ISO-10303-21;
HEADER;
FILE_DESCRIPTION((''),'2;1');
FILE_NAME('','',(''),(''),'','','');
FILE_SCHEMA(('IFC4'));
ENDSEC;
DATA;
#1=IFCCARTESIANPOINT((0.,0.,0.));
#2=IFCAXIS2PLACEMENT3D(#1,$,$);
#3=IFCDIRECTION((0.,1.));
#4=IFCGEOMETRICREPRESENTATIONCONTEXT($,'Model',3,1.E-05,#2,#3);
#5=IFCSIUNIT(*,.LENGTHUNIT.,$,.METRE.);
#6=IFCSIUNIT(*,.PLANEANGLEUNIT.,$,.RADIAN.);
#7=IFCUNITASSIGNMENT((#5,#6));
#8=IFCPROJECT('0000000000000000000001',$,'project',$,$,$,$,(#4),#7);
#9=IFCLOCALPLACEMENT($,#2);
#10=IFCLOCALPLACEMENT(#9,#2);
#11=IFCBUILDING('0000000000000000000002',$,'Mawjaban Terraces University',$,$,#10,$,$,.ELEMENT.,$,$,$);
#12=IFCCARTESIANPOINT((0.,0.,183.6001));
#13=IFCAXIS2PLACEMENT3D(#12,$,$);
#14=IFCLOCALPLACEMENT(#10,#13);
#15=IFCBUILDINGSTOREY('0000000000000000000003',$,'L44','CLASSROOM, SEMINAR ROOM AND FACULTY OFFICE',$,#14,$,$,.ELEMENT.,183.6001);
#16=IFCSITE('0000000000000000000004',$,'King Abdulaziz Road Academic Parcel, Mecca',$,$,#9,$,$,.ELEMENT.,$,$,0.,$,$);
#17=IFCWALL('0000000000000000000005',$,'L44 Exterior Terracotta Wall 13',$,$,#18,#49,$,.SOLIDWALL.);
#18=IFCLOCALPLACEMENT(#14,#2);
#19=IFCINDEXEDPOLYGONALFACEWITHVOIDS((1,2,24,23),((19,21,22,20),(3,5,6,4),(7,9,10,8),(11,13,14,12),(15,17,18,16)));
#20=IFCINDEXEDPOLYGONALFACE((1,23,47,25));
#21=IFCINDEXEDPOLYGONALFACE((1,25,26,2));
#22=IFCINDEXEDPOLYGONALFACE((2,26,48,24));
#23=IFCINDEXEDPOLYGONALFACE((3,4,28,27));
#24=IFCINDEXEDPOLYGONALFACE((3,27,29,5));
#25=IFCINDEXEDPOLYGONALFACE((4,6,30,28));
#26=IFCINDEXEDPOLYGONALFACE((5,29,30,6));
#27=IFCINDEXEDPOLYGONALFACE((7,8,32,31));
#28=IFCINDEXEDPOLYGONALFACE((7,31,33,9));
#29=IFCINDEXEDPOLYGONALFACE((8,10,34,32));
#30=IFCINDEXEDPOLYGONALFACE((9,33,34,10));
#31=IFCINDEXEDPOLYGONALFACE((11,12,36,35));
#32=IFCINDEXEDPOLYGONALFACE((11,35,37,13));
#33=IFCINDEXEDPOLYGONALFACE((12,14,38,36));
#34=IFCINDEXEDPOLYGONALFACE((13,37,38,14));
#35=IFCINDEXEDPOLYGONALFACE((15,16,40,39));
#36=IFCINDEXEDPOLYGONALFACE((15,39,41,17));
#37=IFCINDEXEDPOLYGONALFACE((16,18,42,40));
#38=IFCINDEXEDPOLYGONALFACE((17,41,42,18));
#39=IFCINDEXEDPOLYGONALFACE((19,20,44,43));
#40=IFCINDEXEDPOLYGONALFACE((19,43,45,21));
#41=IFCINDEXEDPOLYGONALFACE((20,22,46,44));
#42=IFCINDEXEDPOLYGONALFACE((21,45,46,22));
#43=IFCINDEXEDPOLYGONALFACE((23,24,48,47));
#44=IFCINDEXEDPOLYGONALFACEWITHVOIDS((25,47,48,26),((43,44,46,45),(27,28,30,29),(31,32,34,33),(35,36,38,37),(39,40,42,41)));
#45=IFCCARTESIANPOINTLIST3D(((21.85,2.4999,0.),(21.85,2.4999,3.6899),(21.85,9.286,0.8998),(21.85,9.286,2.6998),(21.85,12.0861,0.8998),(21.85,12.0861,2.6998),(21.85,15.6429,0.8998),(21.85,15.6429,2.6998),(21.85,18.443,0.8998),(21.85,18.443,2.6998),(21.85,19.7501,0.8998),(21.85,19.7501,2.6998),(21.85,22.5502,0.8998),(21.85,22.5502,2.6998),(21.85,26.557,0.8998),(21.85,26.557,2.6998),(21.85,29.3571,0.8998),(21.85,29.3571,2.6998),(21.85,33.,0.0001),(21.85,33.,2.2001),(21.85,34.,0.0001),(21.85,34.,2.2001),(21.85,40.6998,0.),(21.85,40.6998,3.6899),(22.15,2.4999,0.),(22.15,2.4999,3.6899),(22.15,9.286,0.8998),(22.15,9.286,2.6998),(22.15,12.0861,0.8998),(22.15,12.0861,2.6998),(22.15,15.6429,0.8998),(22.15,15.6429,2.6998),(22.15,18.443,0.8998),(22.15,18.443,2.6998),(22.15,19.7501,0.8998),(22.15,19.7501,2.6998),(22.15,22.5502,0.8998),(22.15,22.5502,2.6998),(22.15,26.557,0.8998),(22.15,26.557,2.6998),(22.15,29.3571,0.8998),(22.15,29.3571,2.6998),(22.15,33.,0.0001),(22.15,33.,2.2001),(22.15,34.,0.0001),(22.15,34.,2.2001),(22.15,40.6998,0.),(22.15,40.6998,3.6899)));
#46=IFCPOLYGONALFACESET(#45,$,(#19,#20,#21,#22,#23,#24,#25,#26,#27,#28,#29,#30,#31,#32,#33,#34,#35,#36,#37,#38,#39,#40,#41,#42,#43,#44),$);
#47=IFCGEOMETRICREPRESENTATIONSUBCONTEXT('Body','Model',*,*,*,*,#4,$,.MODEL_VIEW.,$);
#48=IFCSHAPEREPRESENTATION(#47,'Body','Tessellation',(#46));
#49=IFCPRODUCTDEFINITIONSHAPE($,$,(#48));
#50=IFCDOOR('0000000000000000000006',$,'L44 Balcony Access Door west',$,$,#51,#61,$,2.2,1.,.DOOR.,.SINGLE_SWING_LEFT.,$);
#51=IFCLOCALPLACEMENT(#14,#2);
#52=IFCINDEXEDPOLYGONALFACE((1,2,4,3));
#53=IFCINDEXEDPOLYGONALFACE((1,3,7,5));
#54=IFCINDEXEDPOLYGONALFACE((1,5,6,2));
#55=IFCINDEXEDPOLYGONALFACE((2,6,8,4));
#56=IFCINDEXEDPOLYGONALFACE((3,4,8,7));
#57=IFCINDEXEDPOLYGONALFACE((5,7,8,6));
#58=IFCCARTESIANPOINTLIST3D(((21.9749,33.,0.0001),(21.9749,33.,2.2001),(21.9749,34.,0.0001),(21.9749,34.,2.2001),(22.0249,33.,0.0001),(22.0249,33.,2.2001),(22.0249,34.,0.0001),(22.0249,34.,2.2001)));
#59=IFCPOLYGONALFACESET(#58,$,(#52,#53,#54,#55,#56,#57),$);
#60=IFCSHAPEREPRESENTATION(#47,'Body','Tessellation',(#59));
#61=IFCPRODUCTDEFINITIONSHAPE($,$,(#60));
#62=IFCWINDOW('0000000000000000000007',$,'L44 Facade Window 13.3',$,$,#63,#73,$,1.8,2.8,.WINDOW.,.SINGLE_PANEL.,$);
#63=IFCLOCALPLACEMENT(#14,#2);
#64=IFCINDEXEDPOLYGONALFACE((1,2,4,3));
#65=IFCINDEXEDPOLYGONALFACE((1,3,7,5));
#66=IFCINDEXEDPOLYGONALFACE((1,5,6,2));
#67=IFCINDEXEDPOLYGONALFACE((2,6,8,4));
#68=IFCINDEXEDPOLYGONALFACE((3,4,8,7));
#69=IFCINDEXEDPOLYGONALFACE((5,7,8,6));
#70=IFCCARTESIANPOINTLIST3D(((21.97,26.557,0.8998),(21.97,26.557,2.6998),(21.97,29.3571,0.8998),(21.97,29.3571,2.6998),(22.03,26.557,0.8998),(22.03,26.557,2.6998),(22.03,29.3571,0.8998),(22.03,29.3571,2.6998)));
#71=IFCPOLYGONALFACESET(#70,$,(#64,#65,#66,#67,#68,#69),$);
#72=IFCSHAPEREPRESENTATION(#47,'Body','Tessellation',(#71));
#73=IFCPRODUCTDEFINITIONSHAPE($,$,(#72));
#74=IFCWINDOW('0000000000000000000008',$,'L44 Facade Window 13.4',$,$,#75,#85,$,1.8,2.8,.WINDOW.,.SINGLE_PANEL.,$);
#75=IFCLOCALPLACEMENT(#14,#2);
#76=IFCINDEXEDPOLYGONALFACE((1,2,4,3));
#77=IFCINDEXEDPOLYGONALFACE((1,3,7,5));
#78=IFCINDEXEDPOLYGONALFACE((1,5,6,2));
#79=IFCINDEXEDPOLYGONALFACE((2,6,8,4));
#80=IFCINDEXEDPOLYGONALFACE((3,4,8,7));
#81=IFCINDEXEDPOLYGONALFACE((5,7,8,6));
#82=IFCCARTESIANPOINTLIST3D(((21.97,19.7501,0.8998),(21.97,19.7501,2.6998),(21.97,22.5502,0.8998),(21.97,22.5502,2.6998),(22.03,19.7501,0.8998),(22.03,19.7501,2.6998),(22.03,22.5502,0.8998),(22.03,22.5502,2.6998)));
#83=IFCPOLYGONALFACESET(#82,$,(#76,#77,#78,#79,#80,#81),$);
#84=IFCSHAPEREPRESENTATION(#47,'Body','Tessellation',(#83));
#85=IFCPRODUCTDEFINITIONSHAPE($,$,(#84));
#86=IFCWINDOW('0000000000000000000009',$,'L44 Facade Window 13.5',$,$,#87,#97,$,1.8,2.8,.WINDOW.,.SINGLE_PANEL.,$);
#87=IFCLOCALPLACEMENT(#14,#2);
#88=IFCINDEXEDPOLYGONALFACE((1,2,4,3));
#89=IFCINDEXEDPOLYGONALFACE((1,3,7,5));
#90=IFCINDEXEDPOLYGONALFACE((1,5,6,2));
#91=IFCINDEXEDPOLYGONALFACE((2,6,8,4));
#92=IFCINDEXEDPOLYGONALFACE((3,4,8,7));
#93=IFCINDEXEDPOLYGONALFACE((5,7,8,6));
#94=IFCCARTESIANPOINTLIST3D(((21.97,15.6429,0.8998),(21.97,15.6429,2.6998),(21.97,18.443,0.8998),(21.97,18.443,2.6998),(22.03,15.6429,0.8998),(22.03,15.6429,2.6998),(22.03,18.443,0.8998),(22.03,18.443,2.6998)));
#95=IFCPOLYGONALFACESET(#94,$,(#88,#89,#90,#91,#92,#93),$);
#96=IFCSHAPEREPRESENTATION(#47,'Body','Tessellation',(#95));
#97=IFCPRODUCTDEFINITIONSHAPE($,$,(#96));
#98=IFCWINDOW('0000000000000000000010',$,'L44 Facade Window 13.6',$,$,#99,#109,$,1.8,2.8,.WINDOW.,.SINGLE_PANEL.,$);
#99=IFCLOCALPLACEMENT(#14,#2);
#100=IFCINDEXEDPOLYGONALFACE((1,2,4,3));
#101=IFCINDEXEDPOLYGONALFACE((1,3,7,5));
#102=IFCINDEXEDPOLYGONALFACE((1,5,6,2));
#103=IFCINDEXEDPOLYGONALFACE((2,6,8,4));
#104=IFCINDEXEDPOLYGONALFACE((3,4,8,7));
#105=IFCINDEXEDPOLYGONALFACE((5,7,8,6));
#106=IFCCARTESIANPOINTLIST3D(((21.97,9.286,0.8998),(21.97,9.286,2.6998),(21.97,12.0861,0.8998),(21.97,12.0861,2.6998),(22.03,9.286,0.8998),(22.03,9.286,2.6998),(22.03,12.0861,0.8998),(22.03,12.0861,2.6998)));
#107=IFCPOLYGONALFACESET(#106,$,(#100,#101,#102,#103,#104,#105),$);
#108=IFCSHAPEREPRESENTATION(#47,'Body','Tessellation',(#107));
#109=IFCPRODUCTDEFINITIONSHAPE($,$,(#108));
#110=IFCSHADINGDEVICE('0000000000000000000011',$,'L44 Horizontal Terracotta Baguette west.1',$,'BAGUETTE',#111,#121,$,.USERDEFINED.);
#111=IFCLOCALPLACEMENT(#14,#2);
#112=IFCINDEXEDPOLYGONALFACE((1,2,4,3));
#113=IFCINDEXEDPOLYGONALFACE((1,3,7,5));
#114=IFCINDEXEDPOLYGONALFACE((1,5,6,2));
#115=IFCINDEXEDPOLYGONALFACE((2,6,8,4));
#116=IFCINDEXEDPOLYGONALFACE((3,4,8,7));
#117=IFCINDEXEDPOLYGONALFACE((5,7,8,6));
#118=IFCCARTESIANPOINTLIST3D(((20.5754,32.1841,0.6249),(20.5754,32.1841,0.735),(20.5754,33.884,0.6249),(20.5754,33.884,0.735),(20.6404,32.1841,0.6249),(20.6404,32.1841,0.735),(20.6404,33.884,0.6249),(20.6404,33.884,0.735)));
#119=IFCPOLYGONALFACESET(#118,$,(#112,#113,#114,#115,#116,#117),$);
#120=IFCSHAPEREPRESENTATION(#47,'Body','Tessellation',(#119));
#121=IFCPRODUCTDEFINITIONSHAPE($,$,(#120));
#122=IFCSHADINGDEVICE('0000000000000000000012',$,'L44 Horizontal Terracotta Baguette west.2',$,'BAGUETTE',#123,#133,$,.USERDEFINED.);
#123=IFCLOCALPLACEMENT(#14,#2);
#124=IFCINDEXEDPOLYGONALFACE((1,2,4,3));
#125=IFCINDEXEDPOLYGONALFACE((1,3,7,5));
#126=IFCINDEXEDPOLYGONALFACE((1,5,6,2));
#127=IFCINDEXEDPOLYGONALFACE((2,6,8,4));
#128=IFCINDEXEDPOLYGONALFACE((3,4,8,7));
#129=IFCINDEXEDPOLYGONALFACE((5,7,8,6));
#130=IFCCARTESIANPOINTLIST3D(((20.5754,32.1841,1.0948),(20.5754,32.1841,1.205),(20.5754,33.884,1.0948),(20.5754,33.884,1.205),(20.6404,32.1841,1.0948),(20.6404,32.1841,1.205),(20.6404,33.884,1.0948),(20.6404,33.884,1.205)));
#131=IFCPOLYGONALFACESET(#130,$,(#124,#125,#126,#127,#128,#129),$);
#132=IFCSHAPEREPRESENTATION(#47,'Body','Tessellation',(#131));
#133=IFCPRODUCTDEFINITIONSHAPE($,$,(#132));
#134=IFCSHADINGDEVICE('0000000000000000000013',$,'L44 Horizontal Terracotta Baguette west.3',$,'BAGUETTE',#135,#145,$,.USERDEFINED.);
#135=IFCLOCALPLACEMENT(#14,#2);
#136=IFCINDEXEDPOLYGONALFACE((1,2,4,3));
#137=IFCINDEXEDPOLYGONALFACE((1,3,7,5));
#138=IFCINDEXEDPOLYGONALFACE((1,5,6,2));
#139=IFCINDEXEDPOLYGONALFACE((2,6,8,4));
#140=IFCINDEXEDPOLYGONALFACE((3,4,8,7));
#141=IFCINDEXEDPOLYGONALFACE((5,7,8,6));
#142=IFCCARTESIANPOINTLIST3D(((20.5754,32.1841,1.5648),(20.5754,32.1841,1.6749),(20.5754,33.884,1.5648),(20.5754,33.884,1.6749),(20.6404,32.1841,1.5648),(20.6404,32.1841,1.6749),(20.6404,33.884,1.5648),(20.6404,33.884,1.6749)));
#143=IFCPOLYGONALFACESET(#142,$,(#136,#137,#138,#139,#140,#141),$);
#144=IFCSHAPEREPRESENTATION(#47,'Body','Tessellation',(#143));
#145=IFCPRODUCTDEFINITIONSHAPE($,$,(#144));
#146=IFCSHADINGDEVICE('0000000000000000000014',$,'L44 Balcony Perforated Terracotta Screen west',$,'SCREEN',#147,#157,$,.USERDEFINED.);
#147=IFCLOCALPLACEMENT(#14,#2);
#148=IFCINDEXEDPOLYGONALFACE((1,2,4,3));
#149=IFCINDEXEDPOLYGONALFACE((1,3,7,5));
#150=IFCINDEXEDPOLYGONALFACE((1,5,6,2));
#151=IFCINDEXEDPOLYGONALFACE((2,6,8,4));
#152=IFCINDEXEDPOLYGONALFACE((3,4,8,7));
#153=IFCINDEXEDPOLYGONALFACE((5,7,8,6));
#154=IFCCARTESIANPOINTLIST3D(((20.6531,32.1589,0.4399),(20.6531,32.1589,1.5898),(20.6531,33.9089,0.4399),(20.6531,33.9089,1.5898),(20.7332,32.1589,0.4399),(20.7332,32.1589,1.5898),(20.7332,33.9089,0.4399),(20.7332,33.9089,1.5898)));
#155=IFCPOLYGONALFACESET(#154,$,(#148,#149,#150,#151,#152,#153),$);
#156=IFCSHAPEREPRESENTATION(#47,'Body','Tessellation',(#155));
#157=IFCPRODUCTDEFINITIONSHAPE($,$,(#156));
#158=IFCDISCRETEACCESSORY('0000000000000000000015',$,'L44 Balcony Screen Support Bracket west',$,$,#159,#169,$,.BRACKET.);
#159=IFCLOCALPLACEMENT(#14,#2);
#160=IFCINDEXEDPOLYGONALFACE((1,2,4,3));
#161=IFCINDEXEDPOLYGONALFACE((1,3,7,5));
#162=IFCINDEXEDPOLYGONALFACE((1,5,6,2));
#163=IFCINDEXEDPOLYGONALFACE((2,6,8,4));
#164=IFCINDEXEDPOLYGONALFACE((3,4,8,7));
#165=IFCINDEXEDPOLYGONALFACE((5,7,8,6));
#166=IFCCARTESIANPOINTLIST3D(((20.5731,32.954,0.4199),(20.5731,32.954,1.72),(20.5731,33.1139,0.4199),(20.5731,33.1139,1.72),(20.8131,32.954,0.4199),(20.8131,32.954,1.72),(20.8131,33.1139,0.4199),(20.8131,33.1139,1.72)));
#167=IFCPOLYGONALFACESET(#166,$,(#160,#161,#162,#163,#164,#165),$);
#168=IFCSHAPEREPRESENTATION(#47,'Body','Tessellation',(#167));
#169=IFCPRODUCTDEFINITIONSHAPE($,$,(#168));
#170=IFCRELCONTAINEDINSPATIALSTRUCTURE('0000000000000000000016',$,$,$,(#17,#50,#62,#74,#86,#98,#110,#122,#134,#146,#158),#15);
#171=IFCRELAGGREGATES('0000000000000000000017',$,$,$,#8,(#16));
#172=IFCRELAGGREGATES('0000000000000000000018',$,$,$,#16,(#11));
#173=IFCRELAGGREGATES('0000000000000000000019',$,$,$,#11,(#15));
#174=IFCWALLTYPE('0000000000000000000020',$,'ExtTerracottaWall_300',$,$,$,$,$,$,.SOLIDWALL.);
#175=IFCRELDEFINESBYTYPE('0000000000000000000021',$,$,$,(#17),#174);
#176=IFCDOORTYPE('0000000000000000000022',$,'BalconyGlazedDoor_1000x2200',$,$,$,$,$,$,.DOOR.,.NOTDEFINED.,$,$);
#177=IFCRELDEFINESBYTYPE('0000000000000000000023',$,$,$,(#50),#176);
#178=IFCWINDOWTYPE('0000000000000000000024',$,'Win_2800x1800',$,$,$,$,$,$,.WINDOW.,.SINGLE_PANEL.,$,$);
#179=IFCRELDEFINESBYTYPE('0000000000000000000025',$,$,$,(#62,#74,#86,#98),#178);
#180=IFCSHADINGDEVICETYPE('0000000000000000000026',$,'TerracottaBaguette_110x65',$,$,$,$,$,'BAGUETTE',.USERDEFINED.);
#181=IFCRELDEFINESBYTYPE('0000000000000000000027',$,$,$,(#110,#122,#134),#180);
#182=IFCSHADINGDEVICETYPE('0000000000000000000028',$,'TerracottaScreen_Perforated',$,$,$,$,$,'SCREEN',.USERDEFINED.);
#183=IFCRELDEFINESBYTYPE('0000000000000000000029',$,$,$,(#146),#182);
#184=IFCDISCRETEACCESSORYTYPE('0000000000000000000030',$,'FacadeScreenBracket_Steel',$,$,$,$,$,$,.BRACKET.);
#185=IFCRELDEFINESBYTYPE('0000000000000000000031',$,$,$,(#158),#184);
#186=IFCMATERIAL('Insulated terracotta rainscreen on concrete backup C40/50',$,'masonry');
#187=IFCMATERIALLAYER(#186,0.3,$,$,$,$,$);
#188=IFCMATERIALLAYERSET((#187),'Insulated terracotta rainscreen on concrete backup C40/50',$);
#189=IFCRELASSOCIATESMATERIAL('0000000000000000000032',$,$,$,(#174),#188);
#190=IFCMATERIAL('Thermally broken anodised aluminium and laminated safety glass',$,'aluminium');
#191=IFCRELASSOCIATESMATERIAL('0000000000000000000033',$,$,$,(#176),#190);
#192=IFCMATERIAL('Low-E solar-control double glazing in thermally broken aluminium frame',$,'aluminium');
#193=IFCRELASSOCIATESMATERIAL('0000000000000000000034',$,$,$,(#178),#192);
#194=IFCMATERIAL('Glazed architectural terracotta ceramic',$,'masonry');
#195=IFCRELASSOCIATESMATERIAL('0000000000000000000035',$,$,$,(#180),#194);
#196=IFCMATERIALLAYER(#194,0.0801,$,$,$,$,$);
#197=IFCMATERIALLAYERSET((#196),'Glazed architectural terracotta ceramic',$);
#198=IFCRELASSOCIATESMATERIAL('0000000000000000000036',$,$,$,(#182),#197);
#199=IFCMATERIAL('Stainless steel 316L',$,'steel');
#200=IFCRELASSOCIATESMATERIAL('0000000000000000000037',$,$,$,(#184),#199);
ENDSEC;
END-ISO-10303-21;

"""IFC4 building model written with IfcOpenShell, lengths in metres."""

from ifc_helpers import new_model, si_unit, direction, frame, frame_2d, origin, origin_2d, place, context, subcontext, project, spatial, rectangle, extrude, material, layer, layer_set, material_profile, profile_set, type_object, element, fill, save


model = new_model("IFC4")

# Units and contexts
model_context = context("Model", 3, precision=1e-05, world=origin(), true_north=direction((0.0, 1.0)))
body_context = subcontext(model_context, "Body", "Model", "MODEL_VIEW")
ifc_project = project(units=[si_unit("LENGTHUNIT", "METRE"), si_unit("PLANEANGLEUNIT", "RADIAN")], contexts=[model_context])

# Site, building, storey
site_placement = place(None, origin())
site = spatial("IfcSite", under=ifc_project, at=site_placement, Name="King Abdulaziz Road Academic Parcel, Mecca", CompositionType="ELEMENT", RefElevation=0.0)
building_placement = place(site_placement, origin())
building = spatial("IfcBuilding", under=site, at=building_placement, Name="Mawjaban Terraces University", CompositionType="ELEMENT")
storey_placement = place(building_placement, frame((0.0, 0.0, 183.6001)))
storey = spatial("IfcBuildingStorey", under=building, at=storey_placement, Name="L44", Description="CLASSROOM, SEMINAR ROOM AND FACULTY OFFICE", CompositionType="ELEMENT", Elevation=183.6001)

# Wall, openings, door, windows
ifc_material_1 = material(Name="Insulated terracotta rainscreen on concrete backup C40/50", Category="masonry")
ifc_layer_1 = layer(ifc_material_1, 0.3)
ifc_layer_set_1 = layer_set([ifc_layer_1], Name="Insulated terracotta rainscreen on concrete backup C40/50")
wall_type = type_object("IfcWallType", Name="ExtTerracottaWall_300", PredefinedType="SOLIDWALL", material=ifc_layer_set_1)
wall_placement = place(storey_placement, frame((22.0, 40.7, 0.0), z_axis=(0.0, 0.0, 1.0), x_axis=(0.0, -1.0, 0.0)))
wall = element("IfcWall", 1, at=wall_placement, inside=storey, type_object=wall_type, Name="L44 Exterior Terracotta Wall 13", PredefinedType="SOLIDWALL", context=body_context, shape_type="SweptSolid", body=[
    extrude(rectangle(XDim=38.2, YDim=0.3, at=frame_2d((19.1001, 0.0))), origin(), (0.0, 0.0, 1.0), 3.6899),
])
opening_1_placement = place(wall_placement, frame((6.7, 0.0, 0.0)))
opening_1 = element("IfcOpeningElement", 2, at=opening_1_placement, cuts=wall, PredefinedType="OPENING", context=body_context, shape_type="SweptSolid", body=[
    extrude(rectangle(XDim=1.0, YDim=2.2, at=frame_2d((0.5, 1.1001))), frame((0.0, 0.1599, 0.0), z_axis=(0.0, -1.0, 0.0), x_axis=(1.0, 0.0, 0.0)), (0.0, 0.0, 1.0), 0.3201),
])
opening_2_placement = place(wall_placement, frame((11.343, 0.0, 0.8999)))
opening_2 = element("IfcOpeningElement", 3, at=opening_2_placement, cuts=wall, PredefinedType="OPENING", context=body_context, shape_type="SweptSolid", body=[
    extrude(rectangle(XDim=2.8, YDim=1.8, at=frame_2d((1.3999, 0.8999))), frame((0.0, 0.1599, 0.0), z_axis=(0.0, -1.0, 0.0), x_axis=(1.0, 0.0, 0.0)), (0.0, 0.0, 1.0), 0.3201),
])
opening_3_placement = place(wall_placement, frame((18.1499, 0.0, 0.8999)))
opening_3 = element("IfcOpeningElement", 4, at=opening_3_placement, cuts=wall, PredefinedType="OPENING", context=body_context, shape_type="SweptSolid", body=[
    extrude(rectangle(XDim=2.8, YDim=1.8, at=frame_2d((1.3999, 0.8999))), frame((0.0, 0.1599, 0.0), z_axis=(0.0, -1.0, 0.0), x_axis=(1.0, 0.0, 0.0)), (0.0, 0.0, 1.0), 0.3201),
])
opening_4_placement = place(wall_placement, frame((22.2571, 0.0, 0.8999)))
opening_4 = element("IfcOpeningElement", 5, at=opening_4_placement, cuts=wall, PredefinedType="OPENING", context=body_context, shape_type="SweptSolid", body=[
    extrude(rectangle(XDim=2.8, YDim=1.8, at=frame_2d((1.3999, 0.8999))), frame((0.0, 0.1599, 0.0), z_axis=(0.0, -1.0, 0.0), x_axis=(1.0, 0.0, 0.0)), (0.0, 0.0, 1.0), 0.3201),
])
opening_5_placement = place(wall_placement, frame((28.614, 0.0, 0.8999)))
opening_5 = element("IfcOpeningElement", 6, at=opening_5_placement, cuts=wall, PredefinedType="OPENING", context=body_context, shape_type="SweptSolid", body=[
    extrude(rectangle(XDim=2.8, YDim=1.8, at=frame_2d((1.3999, 0.8999))), frame((0.0, 0.1599, 0.0), z_axis=(0.0, -1.0, 0.0), x_axis=(1.0, 0.0, 0.0)), (0.0, 0.0, 1.0), 0.3201),
])
ifc_material_2 = material(Name="Thermally broken anodised aluminium and laminated safety glass", Category="aluminium")
door_type = type_object("IfcDoorType", Name="BalconyGlazedDoor_1000x2200", OperationType="NOTDEFINED", PredefinedType="DOOR", material=ifc_material_2)
door_placement = place(opening_1_placement, origin())
door = element("IfcDoor", 7, at=door_placement, inside=storey, type_object=door_type, Name="L44 Balcony Access Door west", OperationType="SINGLE_SWING_LEFT", OverallHeight=2.2, OverallWidth=1.0, PredefinedType="DOOR", context=body_context, shape_type="SweptSolid", body=[
    extrude(rectangle(XDim=1.0, YDim=2.2, at=frame_2d((0.5, 1.1001))), frame((0.0, 0.0249, 0.0), z_axis=(0.0, -1.0, 0.0), x_axis=(1.0, 0.0, 0.0)), (0.0, 0.0, 1.0), 0.05),
])
fill(opening_1, door)
ifc_material_3 = material(Name="Low-E solar-control double glazing in thermally broken aluminium frame", Category="aluminium")
window_type = type_object("IfcWindowType", Name="Win_2800x1800", PartitioningType="SINGLE_PANEL", PredefinedType="WINDOW", material=ifc_material_3)
window_1_placement = place(opening_2_placement, origin())
window_1 = element("IfcWindow", 8, at=window_1_placement, inside=storey, type_object=window_type, Name="L44 Facade Window 13.3", OverallHeight=1.8, OverallWidth=2.8, PartitioningType="SINGLE_PANEL", PredefinedType="WINDOW", context=body_context, shape_type="SweptSolid", body=[
    extrude(rectangle(XDim=2.8, YDim=1.8, at=frame_2d((1.3999, 0.8999))), frame((0.0, 0.03, 0.0), z_axis=(0.0, -1.0, 0.0), x_axis=(1.0, 0.0, 0.0)), (0.0, 0.0, 1.0), 0.0601),
])
fill(opening_2, window_1)
window_2_placement = place(opening_3_placement, origin())
window_2 = element("IfcWindow", 9, at=window_2_placement, inside=storey, type_object=window_type, Name="L44 Facade Window 13.4", OverallHeight=1.8, OverallWidth=2.8, PartitioningType="SINGLE_PANEL", PredefinedType="WINDOW", context=body_context, shape_type="SweptSolid", body=[
    extrude(rectangle(XDim=2.8, YDim=1.8, at=frame_2d((1.3999, 0.8999))), frame((0.0, 0.03, 0.0), z_axis=(0.0, -1.0, 0.0), x_axis=(1.0, 0.0, 0.0)), (0.0, 0.0, 1.0), 0.0601),
])
fill(opening_3, window_2)
window_3_placement = place(opening_4_placement, origin())
window_3 = element("IfcWindow", 10, at=window_3_placement, inside=storey, type_object=window_type, Name="L44 Facade Window 13.5", OverallHeight=1.8, OverallWidth=2.8, PartitioningType="SINGLE_PANEL", PredefinedType="WINDOW", context=body_context, shape_type="SweptSolid", body=[
    extrude(rectangle(XDim=2.8, YDim=1.8, at=frame_2d((1.3999, 0.8999))), frame((0.0, 0.03, 0.0), z_axis=(0.0, -1.0, 0.0), x_axis=(1.0, 0.0, 0.0)), (0.0, 0.0, 1.0), 0.0601),
])
fill(opening_4, window_3)
window_4_placement = place(opening_5_placement, origin())
window_4 = element("IfcWindow", 11, at=window_4_placement, inside=storey, type_object=window_type, Name="L44 Facade Window 13.6", OverallHeight=1.8, OverallWidth=2.8, PartitioningType="SINGLE_PANEL", PredefinedType="WINDOW", context=body_context, shape_type="SweptSolid", body=[
    extrude(rectangle(XDim=2.8, YDim=1.8, at=frame_2d((1.3999, 0.8999))), frame((0.0, 0.03, 0.0), z_axis=(0.0, -1.0, 0.0), x_axis=(1.0, 0.0, 0.0)), (0.0, 0.0, 1.0), 0.0601),
])
fill(opening_5, window_4)

# Shading devices
ifc_material_4 = material(Name="Glazed architectural terracotta ceramic", Category="masonry")
ifc_material_profile_1 = material_profile(ifc_material_4, rectangle(XDim=0.0649, YDim=0.1101, at=origin_2d()), Name="TBAG110X65")
ifc_profile_set_1 = profile_set([ifc_material_profile_1], Name="Glazed architectural terracotta ceramic")
shading_device_type_1 = type_object("IfcShadingDeviceType", Name="TerracottaBaguette_110x65", ElementType="BAGUETTE", PredefinedType="USERDEFINED", material=ifc_profile_set_1)
for number, where, z_axis, x_axis, name in (
    (12, (20.6079, 32.1841, 0.6799), (0.0, 1.0, 0.0), (-1.0, 0.0, 0.0), "L44 Horizontal Terracotta Baguette west.1"),
    (13, (20.6079, 32.1841, 1.1499), (0.0, 1.0, 0.0), (-1.0, 0.0, 0.0), "L44 Horizontal Terracotta Baguette west.2"),
    (14, (20.6079, 32.1841, 1.6199), (0.0, 1.0, 0.0), (-1.0, 0.0, 0.0), "L44 Horizontal Terracotta Baguette west.3"),
):
    element("IfcShadingDevice", number, at=place(storey_placement, frame(where, z_axis=z_axis, x_axis=x_axis)), inside=storey, type_object=shading_device_type_1, Name=name, ObjectType="BAGUETTE", PredefinedType="USERDEFINED", context=body_context, shape_type="SweptSolid", body=[
        extrude(rectangle(XDim=0.0649, YDim=0.1101, at=origin_2d()), origin(), (0.0, 0.0, 1.0), 1.7),
    ])
ifc_layer_2 = layer(ifc_material_4, 0.0801)
ifc_layer_set_2 = layer_set([ifc_layer_2], Name="Glazed architectural terracotta ceramic")
shading_device_type_2 = type_object("IfcShadingDeviceType", Name="TerracottaScreen_Perforated", ElementType="SCREEN", PredefinedType="USERDEFINED", material=ifc_layer_set_2)
shading_device_placement = place(storey_placement, frame((20.6931, 33.0339, 0.4399), z_axis=(0.0, 0.0, 1.0), x_axis=(0.0, 1.0, 0.0)))
element("IfcShadingDevice", 15, at=shading_device_placement, inside=storey, type_object=shading_device_type_2, Name="L44 Balcony Perforated Terracotta Screen west", ObjectType="SCREEN", PredefinedType="USERDEFINED", context=body_context, shape_type="SweptSolid", body=[
    extrude(rectangle(XDim=1.75, YDim=0.0801, at=origin_2d()), origin(), (0.0, 0.0, 1.0), 1.1499),
])

# Discrete accessory
ifc_material_5 = material(Name="Stainless steel 316L", Category="steel")
discrete_accessory_type_1 = type_object("IfcDiscreteAccessoryType", Name="FacadeScreenBracket_Steel", PredefinedType="BRACKET", material=ifc_material_5)
discrete_accessory_1_placement = place(storey_placement, frame((20.6931, 33.0339, 0.4199), z_axis=(0.0, 0.0, 1.0), x_axis=(0.0, 1.0, 0.0)))
element("IfcDiscreteAccessory", 16, at=discrete_accessory_1_placement, inside=storey, type_object=discrete_accessory_type_1, Name="L44 Balcony Screen Support Bracket west", PredefinedType="BRACKET", context=body_context, shape_type="SweptSolid", body=[
    extrude(rectangle(XDim=0.1599, YDim=0.24, at=origin_2d()), origin(), (0.0, 0.0, 1.0), 1.3),
])

save(model, "model.ifc")
